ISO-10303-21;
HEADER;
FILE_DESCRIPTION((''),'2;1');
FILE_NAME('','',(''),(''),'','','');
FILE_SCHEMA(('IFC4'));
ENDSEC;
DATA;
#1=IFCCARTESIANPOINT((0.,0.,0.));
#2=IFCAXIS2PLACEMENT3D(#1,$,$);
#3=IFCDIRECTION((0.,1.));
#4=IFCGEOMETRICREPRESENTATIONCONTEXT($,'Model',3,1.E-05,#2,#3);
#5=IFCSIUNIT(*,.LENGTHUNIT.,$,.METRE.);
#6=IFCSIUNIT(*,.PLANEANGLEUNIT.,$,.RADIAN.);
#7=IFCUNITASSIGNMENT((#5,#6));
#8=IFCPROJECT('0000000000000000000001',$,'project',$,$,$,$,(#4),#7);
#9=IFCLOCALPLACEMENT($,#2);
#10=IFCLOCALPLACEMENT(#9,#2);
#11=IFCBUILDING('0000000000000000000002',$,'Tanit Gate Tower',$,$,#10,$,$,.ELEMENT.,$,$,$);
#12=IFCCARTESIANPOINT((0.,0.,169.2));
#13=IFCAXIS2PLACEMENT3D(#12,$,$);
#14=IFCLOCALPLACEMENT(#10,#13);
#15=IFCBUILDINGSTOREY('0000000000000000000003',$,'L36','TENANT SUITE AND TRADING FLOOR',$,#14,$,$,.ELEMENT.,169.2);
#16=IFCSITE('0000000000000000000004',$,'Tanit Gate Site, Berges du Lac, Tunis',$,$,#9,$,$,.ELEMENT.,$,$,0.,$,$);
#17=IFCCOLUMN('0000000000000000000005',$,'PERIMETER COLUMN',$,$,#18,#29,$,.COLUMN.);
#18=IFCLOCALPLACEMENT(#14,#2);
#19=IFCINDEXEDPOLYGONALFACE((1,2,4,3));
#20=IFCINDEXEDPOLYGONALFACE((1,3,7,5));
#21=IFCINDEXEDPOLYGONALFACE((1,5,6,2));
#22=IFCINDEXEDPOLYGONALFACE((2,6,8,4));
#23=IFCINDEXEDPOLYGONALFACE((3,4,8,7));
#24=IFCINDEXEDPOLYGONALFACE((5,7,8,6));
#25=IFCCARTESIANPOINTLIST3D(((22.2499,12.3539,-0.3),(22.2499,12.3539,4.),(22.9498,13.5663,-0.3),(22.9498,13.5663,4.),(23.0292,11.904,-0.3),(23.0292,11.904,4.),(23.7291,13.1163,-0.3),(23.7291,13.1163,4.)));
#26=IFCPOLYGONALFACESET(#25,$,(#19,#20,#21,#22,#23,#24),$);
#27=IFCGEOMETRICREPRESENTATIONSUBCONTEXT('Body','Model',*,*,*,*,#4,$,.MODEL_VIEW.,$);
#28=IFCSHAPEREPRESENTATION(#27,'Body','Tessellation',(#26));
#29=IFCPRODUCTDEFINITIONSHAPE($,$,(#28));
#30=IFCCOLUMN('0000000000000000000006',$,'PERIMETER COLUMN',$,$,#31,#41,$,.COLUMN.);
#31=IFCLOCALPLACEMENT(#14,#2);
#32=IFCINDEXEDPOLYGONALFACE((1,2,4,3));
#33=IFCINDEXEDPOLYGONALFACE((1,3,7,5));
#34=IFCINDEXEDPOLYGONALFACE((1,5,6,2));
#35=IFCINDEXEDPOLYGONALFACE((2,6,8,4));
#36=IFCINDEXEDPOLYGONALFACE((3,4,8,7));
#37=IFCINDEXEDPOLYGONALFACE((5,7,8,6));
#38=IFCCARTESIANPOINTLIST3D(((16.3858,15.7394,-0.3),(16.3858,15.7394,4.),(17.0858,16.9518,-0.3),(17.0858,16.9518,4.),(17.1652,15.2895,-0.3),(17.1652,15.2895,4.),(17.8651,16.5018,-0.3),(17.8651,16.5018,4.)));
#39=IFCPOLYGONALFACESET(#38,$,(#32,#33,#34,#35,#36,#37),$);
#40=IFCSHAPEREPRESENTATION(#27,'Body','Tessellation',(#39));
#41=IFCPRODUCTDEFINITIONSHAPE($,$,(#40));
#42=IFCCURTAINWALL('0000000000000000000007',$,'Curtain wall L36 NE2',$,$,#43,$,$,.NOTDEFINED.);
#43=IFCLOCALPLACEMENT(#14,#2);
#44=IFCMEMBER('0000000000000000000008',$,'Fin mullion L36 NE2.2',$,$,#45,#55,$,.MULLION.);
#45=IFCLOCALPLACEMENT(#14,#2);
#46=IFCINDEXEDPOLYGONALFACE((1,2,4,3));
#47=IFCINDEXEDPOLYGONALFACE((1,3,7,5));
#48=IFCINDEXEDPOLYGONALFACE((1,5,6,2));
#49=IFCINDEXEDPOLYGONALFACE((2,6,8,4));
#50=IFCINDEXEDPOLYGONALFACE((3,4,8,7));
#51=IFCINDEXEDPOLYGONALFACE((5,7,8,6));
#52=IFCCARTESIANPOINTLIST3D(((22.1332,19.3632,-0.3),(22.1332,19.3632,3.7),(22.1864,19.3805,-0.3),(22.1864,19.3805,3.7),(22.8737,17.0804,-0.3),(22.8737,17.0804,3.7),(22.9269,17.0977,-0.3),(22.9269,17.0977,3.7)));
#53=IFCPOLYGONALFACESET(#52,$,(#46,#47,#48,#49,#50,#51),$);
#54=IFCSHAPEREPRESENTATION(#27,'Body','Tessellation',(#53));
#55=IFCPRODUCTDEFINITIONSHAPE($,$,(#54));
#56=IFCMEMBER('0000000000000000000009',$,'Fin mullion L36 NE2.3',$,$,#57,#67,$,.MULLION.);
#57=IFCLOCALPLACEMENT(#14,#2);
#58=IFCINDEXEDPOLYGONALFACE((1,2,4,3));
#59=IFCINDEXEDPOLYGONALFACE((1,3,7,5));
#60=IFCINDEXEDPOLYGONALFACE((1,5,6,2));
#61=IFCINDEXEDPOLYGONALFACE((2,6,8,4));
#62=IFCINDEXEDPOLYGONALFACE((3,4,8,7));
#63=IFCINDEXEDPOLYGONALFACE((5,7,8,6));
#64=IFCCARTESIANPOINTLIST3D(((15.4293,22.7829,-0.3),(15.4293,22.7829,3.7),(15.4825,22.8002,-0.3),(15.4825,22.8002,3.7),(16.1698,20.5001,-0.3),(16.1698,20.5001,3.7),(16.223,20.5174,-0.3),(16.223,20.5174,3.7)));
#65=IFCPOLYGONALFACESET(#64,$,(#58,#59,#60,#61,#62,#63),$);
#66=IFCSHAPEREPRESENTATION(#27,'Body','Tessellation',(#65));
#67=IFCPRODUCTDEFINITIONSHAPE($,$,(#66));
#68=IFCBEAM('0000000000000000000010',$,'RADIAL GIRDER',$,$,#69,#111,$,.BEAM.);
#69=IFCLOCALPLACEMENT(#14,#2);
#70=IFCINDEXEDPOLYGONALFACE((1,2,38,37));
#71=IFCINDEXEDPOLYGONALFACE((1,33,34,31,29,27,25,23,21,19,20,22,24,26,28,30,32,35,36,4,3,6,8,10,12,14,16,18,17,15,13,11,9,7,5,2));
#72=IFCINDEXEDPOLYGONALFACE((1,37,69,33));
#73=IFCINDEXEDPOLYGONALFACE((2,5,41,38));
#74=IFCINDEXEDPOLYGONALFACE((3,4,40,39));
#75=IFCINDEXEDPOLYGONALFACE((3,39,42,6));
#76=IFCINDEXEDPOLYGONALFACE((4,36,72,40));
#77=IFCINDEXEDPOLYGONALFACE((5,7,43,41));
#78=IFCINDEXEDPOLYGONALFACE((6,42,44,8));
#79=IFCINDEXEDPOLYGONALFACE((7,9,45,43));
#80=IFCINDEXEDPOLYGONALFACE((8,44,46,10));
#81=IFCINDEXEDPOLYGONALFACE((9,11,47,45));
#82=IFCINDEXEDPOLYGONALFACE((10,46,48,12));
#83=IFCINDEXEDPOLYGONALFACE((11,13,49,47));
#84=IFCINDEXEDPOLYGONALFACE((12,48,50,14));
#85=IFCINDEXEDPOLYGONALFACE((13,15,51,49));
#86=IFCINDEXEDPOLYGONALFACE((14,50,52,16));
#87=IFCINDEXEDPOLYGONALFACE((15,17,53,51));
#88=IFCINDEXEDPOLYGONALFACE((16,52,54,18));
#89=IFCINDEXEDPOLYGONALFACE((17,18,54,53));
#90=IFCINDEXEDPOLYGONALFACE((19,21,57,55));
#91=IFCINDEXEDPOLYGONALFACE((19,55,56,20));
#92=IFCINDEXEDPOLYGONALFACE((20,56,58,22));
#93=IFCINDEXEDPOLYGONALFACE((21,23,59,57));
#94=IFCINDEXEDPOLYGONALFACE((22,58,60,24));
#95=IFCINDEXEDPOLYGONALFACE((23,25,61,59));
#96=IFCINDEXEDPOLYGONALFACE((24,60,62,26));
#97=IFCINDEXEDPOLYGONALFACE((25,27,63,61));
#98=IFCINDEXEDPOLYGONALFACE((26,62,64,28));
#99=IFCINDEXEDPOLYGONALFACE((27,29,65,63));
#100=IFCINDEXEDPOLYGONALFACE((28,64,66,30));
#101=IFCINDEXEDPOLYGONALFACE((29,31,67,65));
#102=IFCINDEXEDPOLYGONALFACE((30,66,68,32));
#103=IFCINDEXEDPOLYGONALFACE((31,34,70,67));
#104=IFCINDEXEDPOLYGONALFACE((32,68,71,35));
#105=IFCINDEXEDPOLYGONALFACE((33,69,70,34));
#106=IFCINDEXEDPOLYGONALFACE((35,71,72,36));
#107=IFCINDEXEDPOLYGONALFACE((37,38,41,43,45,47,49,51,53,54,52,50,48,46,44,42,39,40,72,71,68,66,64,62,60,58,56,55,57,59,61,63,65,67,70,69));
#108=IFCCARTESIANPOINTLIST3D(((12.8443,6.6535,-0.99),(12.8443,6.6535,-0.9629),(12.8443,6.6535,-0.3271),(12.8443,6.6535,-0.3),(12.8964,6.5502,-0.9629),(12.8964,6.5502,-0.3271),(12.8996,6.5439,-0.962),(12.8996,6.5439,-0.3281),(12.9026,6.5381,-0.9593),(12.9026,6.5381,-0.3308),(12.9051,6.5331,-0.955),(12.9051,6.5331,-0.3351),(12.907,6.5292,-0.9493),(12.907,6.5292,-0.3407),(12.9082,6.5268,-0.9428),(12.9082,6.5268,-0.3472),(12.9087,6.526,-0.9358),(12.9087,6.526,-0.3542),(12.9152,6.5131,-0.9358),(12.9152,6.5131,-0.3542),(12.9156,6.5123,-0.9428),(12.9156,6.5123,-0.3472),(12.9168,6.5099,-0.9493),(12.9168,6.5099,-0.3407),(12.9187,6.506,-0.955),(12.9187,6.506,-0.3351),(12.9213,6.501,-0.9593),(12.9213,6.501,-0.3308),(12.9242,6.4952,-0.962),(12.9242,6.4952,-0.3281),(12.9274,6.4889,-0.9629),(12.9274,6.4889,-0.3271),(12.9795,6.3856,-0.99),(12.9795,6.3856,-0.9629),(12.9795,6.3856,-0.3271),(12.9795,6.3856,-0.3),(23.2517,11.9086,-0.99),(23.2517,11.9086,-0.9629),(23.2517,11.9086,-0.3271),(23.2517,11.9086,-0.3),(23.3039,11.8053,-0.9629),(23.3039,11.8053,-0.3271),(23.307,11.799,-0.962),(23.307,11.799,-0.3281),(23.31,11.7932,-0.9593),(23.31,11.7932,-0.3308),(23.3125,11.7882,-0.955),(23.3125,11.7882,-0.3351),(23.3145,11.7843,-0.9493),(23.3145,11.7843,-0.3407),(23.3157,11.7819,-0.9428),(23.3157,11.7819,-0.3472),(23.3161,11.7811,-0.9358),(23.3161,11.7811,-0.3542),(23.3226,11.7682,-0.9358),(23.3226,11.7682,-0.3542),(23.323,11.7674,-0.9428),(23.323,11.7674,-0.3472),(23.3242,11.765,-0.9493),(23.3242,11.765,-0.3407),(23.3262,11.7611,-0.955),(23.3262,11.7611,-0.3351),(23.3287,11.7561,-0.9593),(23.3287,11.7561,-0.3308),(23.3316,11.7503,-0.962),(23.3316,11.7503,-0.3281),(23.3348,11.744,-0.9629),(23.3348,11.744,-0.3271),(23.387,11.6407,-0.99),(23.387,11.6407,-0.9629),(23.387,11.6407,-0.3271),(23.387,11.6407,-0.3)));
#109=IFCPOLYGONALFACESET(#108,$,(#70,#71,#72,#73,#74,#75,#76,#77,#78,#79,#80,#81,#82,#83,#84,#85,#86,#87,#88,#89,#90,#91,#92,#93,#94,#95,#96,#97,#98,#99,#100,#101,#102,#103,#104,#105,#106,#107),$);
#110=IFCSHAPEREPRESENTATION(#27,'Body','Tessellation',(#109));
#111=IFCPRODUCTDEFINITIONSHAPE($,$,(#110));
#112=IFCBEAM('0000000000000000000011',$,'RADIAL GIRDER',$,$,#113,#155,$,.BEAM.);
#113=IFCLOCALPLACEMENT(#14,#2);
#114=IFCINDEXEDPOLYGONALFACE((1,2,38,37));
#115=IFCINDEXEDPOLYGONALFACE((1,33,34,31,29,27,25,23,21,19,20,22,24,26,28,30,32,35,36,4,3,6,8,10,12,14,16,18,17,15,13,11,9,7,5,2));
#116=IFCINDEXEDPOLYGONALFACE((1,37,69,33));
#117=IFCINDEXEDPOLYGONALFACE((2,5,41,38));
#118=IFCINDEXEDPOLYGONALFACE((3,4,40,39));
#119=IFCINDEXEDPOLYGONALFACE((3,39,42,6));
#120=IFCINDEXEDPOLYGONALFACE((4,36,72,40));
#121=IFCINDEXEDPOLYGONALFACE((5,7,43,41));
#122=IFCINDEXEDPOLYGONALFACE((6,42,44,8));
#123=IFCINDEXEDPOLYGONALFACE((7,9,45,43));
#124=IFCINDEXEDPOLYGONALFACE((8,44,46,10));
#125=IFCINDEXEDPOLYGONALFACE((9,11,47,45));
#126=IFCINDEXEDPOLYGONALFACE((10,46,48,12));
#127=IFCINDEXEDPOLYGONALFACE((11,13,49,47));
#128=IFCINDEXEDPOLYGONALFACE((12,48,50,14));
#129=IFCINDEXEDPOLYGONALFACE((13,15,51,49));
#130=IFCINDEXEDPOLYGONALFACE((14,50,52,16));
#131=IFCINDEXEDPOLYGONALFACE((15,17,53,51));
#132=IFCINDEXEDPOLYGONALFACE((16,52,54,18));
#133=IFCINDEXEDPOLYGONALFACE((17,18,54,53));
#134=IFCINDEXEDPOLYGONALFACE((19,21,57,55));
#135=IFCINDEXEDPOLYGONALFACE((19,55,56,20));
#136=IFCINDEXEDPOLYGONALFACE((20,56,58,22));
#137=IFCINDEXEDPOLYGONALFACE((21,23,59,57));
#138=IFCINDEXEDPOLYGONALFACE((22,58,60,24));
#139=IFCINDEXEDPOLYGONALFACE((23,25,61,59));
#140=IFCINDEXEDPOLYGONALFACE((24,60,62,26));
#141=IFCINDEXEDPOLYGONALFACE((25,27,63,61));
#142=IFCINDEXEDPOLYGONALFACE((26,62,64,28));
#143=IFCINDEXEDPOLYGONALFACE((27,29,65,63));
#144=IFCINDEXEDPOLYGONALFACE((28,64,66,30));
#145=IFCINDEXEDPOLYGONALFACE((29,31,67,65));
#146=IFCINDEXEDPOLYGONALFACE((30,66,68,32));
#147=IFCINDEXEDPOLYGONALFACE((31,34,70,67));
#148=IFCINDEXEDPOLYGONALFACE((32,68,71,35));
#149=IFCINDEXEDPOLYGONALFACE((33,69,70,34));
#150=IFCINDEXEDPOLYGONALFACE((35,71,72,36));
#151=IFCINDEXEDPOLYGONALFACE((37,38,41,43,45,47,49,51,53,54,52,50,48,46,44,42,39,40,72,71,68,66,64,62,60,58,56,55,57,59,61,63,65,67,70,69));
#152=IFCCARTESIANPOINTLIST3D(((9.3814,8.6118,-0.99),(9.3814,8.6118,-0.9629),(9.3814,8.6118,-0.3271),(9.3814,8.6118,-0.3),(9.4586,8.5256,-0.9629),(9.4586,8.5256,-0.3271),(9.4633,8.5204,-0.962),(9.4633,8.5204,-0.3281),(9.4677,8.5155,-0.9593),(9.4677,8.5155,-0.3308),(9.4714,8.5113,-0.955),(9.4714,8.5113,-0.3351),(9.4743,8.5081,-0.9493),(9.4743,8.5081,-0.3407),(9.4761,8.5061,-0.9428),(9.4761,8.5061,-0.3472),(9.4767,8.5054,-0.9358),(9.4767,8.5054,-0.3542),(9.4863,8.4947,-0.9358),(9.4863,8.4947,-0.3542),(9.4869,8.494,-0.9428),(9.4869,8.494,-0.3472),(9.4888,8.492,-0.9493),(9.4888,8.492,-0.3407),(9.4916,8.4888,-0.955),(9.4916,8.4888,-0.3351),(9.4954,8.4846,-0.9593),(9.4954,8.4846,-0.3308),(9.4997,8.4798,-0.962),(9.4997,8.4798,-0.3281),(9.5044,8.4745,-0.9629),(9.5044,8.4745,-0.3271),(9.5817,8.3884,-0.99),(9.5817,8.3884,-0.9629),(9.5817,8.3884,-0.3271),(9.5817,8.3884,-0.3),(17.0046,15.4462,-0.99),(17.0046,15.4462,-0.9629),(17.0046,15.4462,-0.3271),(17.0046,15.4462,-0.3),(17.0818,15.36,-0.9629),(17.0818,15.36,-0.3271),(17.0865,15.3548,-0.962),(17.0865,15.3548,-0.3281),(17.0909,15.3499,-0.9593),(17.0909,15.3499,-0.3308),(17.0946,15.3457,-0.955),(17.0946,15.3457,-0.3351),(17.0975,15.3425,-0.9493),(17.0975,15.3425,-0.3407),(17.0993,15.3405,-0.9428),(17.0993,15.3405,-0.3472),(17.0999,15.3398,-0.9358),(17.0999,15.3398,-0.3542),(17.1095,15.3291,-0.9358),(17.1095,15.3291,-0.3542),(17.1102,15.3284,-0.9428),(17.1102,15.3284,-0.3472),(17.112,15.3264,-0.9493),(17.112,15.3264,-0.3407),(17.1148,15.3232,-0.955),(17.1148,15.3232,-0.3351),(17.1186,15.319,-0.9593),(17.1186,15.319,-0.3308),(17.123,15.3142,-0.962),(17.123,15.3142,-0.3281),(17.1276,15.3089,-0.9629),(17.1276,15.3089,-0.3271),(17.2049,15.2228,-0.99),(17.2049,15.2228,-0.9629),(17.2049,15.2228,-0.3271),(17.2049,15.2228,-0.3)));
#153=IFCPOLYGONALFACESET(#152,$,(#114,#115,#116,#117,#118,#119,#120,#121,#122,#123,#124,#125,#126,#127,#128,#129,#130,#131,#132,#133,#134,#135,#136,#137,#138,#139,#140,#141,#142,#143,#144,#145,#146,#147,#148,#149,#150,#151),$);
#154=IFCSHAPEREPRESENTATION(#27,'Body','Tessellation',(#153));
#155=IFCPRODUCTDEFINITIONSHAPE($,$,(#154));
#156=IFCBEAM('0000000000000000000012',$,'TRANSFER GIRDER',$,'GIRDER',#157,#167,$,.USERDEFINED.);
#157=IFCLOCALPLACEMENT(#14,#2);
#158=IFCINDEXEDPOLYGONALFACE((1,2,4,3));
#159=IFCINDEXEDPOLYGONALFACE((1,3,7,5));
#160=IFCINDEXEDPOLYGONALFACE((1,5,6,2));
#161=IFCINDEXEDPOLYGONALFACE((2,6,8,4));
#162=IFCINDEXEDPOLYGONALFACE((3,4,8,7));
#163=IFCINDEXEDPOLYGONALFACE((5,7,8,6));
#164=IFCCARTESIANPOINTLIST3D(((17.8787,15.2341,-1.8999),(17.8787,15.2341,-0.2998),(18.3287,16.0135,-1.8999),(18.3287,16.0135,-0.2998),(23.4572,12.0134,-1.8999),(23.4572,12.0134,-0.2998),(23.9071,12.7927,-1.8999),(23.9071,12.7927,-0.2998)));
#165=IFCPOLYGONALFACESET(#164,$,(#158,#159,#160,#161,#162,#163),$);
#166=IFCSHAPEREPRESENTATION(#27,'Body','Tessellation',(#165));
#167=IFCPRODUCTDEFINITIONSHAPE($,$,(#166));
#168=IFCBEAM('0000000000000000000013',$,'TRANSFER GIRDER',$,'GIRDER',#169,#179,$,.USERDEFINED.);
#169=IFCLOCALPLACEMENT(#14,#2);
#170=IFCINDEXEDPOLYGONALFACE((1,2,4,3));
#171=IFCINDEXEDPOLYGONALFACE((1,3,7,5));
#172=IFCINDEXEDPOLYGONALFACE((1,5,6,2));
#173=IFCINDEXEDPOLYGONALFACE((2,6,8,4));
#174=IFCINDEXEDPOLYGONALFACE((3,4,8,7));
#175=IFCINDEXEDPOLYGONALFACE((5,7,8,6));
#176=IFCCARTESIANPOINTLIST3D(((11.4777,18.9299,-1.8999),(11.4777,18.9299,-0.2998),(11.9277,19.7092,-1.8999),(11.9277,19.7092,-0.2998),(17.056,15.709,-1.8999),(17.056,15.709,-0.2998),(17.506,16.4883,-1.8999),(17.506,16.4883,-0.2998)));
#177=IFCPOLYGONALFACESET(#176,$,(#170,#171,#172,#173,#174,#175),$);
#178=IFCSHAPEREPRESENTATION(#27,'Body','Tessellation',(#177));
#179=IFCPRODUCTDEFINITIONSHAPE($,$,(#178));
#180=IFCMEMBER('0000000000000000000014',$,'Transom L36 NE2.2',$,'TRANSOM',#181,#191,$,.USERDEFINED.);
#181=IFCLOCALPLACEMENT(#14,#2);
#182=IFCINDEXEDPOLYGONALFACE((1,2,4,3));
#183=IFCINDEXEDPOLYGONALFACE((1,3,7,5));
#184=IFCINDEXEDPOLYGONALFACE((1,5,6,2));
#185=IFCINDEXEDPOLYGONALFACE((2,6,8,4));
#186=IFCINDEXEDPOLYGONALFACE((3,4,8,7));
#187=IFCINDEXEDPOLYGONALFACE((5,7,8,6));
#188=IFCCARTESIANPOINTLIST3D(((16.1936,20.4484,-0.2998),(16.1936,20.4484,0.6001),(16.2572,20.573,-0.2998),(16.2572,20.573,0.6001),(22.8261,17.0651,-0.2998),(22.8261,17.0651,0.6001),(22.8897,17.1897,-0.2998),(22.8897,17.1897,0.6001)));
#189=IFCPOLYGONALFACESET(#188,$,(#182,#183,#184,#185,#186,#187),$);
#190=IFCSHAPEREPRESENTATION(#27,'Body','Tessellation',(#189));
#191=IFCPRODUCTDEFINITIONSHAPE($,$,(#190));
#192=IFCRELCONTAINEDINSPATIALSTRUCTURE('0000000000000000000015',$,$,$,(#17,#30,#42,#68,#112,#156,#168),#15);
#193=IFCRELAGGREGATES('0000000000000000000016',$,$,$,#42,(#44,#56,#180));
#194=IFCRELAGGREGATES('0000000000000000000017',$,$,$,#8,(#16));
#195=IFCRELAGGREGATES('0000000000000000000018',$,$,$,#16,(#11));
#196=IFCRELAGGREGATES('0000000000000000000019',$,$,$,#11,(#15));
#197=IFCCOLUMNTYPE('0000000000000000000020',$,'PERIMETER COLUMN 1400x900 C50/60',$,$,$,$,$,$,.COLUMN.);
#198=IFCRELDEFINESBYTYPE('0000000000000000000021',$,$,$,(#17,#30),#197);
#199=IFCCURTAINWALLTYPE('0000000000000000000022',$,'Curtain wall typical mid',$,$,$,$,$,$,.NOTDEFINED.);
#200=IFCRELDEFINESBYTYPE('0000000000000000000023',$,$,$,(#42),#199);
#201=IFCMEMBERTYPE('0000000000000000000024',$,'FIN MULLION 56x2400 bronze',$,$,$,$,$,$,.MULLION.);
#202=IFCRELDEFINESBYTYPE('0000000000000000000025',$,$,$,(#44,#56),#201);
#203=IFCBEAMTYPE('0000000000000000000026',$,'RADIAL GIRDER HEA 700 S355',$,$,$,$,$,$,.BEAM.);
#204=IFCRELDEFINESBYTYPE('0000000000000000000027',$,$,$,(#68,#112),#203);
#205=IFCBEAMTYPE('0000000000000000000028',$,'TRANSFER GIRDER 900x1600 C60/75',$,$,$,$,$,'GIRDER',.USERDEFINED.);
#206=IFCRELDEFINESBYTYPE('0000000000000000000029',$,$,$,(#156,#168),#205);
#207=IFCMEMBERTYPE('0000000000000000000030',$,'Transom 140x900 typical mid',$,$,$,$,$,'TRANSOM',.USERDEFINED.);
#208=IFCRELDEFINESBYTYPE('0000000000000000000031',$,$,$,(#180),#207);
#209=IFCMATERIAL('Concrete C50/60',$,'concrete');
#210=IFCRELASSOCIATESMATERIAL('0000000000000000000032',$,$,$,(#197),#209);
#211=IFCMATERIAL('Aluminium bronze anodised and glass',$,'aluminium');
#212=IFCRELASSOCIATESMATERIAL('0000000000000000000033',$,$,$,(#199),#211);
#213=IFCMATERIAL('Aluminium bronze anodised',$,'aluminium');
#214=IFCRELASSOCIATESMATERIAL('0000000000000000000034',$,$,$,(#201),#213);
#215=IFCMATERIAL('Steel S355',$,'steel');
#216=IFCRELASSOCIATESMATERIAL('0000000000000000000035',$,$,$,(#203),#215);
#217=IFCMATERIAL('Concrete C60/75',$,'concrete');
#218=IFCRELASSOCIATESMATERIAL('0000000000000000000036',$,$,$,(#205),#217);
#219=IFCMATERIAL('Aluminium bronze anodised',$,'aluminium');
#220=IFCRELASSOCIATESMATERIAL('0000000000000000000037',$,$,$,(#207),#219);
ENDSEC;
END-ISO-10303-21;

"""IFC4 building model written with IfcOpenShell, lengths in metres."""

from ifc_helpers import new_model, si_unit, direction, frame, origin, origin_2d, place, context, subcontext, project, spatial, rectangle, i_section, extrude, material, material_profile, profile_set, type_object, element, aggregate, save


model = new_model("IFC4")

# Units and contexts
model_context = context("Model", 3, precision=1e-05, world=origin(), true_north=direction((0.0, 1.0)))
body_context = subcontext(model_context, "Body", "Model", "MODEL_VIEW")
ifc_project = project(units=[si_unit("LENGTHUNIT", "METRE"), si_unit("PLANEANGLEUNIT", "RADIAN")], contexts=[model_context])

# Site, building, storey
site_placement = place(None, origin())
site = spatial("IfcSite", under=ifc_project, at=site_placement, Name="Tanit Gate Site, Berges du Lac, Tunis", CompositionType="ELEMENT", RefElevation=0.0)
building_placement = place(site_placement, origin())
building = spatial("IfcBuilding", under=site, at=building_placement, Name="Tanit Gate Tower", CompositionType="ELEMENT")
storey_placement = place(building_placement, frame((0.0, 0.0, 169.2)))
storey = spatial("IfcBuildingStorey", under=building, at=storey_placement, Name="L36", Description="TENANT SUITE AND TRADING FLOOR", CompositionType="ELEMENT", Elevation=169.2)

# Columns
ifc_material_1 = material(Name="Concrete C50/60", Category="concrete")
ifc_material_profile_1 = material_profile(ifc_material_1, rectangle(XDim=1.3999, YDim=0.8999, at=origin_2d()), Name="RC 1400x900")
ifc_profile_set_1 = profile_set([ifc_material_profile_1], Name="Concrete C50/60")
column_type = type_object("IfcColumnType", Name="PERIMETER COLUMN 1400x900 C50/60", PredefinedType="COLUMN", material=ifc_profile_set_1)
for number, where, z_axis, x_axis, name in (
    (1, (22.9895, 12.7351, -0.3), (0.0, 0.0, 1.0), (0.5, 0.866025, 0.0), "PERIMETER COLUMN"),
    (2, (17.1255, 16.1206, -0.3), (0.0, 0.0, 1.0), (0.5, 0.866025, 0.0), "PERIMETER COLUMN"),
):
    element("IfcColumn", number, at=place(storey_placement, frame(where, z_axis=z_axis, x_axis=x_axis)), inside=storey, type_object=column_type, Name=name, PredefinedType="COLUMN", context=body_context, shape_type="SweptSolid", body=[
        extrude(rectangle(XDim=1.3999, YDim=0.8999, at=origin_2d()), origin(), (0.0, 0.0, 1.0), 4.3),
    ])

# Curtain wall, members
ifc_material_2 = material(Name="Aluminium bronze anodised and glass", Category="aluminium")
curtain_wall_type = type_object("IfcCurtainWallType", Name="Curtain wall typical mid", PredefinedType="NOTDEFINED", material=ifc_material_2)
curtain_wall_placement = place(storey_placement, origin())
curtain_wall = element("IfcCurtainWall", 3, at=curtain_wall_placement, inside=storey, type_object=curtain_wall_type, Name="Curtain wall L36 NE2", PredefinedType="NOTDEFINED")
ifc_material_3 = material(Name="Aluminium bronze anodised", Category="aluminium")
ifc_material_profile_2 = material_profile(ifc_material_3, rectangle(XDim=2.3999, YDim=0.0559, at=origin_2d()), Name="56x2400 bronze fin mullion")
ifc_profile_set_2 = profile_set([ifc_material_profile_2], Name="Aluminium bronze anodised")
member_type_1 = type_object("IfcMemberType", Name="FIN MULLION 56x2400 bronze", PredefinedType="MULLION", material=ifc_profile_set_2)
member_1_placement = place(storey_placement, frame((22.53, 18.2305, -0.3), z_axis=(0.0, 0.0, 1.0), x_axis=(0.308568, -0.951202, 0.0)))
member_1 = element("IfcMember", 4, at=member_1_placement, type_object=member_type_1, Name="Fin mullion L36 NE2.2", PredefinedType="MULLION", context=body_context, shape_type="SweptSolid", body=[
    extrude(rectangle(XDim=2.3999, YDim=0.0559, at=origin_2d()), origin(), (0.0, 0.0, 1.0), 4.0),
])
member_2_placement = place(storey_placement, frame((15.8262, 21.6501, -0.3), z_axis=(0.0, 0.0, 1.0), x_axis=(0.308568, -0.951202, 0.0)))
member_2 = element("IfcMember", 5, at=member_2_placement, type_object=member_type_1, Name="Fin mullion L36 NE2.3", PredefinedType="MULLION", context=body_context, shape_type="SweptSolid", body=[
    extrude(rectangle(XDim=2.3999, YDim=0.0559, at=origin_2d()), origin(), (0.0, 0.0, 1.0), 4.0),
])

# Beams
ifc_material_4 = material(Name="Steel S355", Category="steel")
ifc_material_profile_3 = material_profile(ifc_material_4, i_section(OverallWidth=0.3, OverallDepth=0.6899, WebThickness=0.0144, FlangeThickness=0.0271, FilletRadius=0.0271, at=origin_2d()), Name="HEA 700")
ifc_profile_set_3 = profile_set([ifc_material_profile_3], Name="Steel S355")
beam_type_1 = type_object("IfcBeamType", Name="RADIAL GIRDER HEA 700 S355", PredefinedType="BEAM", material=ifc_profile_set_3)
beam_1_placement = place(storey_placement, frame((23.3193, 11.7747, -0.645), z_axis=(-0.892657, -0.450736, 0.0), x_axis=(0.450736, -0.892657, 0.0)))
element("IfcBeam", 6, at=beam_1_placement, inside=storey, type_object=beam_type_1, Name="RADIAL GIRDER", PredefinedType="BEAM", context=body_context, shape_type="SweptSolid", body=[
    extrude(i_section(OverallWidth=0.3, OverallDepth=0.6899, WebThickness=0.0144, FlangeThickness=0.0271, FilletRadius=0.0271, at=origin_2d()), origin(), (0.0, 0.0, 1.0), 11.6589),
])
beam_2_placement = place(storey_placement, frame((17.1047, 15.3345, -0.645), z_axis=(-0.744579, -0.667534, 0.0), x_axis=(0.667534, -0.744579, 0.0)))
element("IfcBeam", 7, at=beam_2_placement, inside=storey, type_object=beam_type_1, Name="RADIAL GIRDER", PredefinedType="BEAM", context=body_context, shape_type="SweptSolid", body=[
    extrude(i_section(OverallWidth=0.3, OverallDepth=0.6899, WebThickness=0.0144, FlangeThickness=0.0271, FilletRadius=0.0271, at=origin_2d()), origin(), (0.0, 0.0, 1.0), 10.2383),
])
ifc_material_5 = material(Name="Concrete C60/75", Category="concrete")
ifc_material_profile_4 = material_profile(ifc_material_5, rectangle(XDim=0.8999, YDim=1.6001, at=origin_2d()), Name="RC 900x1600")
ifc_profile_set_4 = profile_set([ifc_material_profile_4], Name="Concrete C60/75")
beam_type_2 = type_object("IfcBeamType", Name="TRANSFER GIRDER 900x1600 C60/75", ElementType="GIRDER", PredefinedType="USERDEFINED", material=ifc_profile_set_4)
for number, where, z_axis, x_axis, name in (
    (8, (23.6821, 12.4031, -1.0999), (-0.866023, 0.500004, 0.0), (-0.500004, -0.866023, 0.0), "TRANSFER GIRDER"),
    (9, (17.281, 16.0986, -1.0999), (-0.866007, 0.500032, 0.0), (-0.500032, -0.866007, 0.0), "TRANSFER GIRDER"),
):
    element("IfcBeam", number, at=place(storey_placement, frame(where, z_axis=z_axis, x_axis=x_axis)), inside=storey, type_object=beam_type_2, Name=name, ObjectType="GIRDER", PredefinedType="USERDEFINED", context=body_context, shape_type="SweptSolid", body=[
        extrude(rectangle(XDim=0.8999, YDim=1.6001, at=origin_2d()), origin(), (0.0, 0.0, 1.0), 6.4414),
    ])

# Member
ifc_material_6 = material(Name="Aluminium bronze anodised", Category="aluminium")
ifc_material_profile_5 = material_profile(ifc_material_6, rectangle(XDim=0.1399, YDim=0.8999, at=origin_2d()), Name="140x900 bronze transom")
ifc_profile_set_5 = profile_set([ifc_material_profile_5], Name="Aluminium bronze anodised")
member_type_2 = type_object("IfcMemberType", Name="Transom 140x900 typical mid", ElementType="TRANSOM", PredefinedType="USERDEFINED", material=ifc_profile_set_5)
member_3_placement = place(storey_placement, frame((22.8579, 17.1274, 0.1501), z_axis=(-0.890798, 0.4544, 0.0), x_axis=(-0.4544, -0.890798, 0.0)))
member_3 = element("IfcMember", 10, at=member_3_placement, type_object=member_type_2, Name="Transom L36 NE2.2", ObjectType="TRANSOM", PredefinedType="USERDEFINED", context=body_context, shape_type="SweptSolid", body=[
    extrude(rectangle(XDim=0.1399, YDim=0.8999, at=origin_2d()), origin(), (0.0, 0.0, 1.0), 7.4456),
])

aggregate(curtain_wall, [member_1, member_2, member_3])

save(model, "model.ifc")
